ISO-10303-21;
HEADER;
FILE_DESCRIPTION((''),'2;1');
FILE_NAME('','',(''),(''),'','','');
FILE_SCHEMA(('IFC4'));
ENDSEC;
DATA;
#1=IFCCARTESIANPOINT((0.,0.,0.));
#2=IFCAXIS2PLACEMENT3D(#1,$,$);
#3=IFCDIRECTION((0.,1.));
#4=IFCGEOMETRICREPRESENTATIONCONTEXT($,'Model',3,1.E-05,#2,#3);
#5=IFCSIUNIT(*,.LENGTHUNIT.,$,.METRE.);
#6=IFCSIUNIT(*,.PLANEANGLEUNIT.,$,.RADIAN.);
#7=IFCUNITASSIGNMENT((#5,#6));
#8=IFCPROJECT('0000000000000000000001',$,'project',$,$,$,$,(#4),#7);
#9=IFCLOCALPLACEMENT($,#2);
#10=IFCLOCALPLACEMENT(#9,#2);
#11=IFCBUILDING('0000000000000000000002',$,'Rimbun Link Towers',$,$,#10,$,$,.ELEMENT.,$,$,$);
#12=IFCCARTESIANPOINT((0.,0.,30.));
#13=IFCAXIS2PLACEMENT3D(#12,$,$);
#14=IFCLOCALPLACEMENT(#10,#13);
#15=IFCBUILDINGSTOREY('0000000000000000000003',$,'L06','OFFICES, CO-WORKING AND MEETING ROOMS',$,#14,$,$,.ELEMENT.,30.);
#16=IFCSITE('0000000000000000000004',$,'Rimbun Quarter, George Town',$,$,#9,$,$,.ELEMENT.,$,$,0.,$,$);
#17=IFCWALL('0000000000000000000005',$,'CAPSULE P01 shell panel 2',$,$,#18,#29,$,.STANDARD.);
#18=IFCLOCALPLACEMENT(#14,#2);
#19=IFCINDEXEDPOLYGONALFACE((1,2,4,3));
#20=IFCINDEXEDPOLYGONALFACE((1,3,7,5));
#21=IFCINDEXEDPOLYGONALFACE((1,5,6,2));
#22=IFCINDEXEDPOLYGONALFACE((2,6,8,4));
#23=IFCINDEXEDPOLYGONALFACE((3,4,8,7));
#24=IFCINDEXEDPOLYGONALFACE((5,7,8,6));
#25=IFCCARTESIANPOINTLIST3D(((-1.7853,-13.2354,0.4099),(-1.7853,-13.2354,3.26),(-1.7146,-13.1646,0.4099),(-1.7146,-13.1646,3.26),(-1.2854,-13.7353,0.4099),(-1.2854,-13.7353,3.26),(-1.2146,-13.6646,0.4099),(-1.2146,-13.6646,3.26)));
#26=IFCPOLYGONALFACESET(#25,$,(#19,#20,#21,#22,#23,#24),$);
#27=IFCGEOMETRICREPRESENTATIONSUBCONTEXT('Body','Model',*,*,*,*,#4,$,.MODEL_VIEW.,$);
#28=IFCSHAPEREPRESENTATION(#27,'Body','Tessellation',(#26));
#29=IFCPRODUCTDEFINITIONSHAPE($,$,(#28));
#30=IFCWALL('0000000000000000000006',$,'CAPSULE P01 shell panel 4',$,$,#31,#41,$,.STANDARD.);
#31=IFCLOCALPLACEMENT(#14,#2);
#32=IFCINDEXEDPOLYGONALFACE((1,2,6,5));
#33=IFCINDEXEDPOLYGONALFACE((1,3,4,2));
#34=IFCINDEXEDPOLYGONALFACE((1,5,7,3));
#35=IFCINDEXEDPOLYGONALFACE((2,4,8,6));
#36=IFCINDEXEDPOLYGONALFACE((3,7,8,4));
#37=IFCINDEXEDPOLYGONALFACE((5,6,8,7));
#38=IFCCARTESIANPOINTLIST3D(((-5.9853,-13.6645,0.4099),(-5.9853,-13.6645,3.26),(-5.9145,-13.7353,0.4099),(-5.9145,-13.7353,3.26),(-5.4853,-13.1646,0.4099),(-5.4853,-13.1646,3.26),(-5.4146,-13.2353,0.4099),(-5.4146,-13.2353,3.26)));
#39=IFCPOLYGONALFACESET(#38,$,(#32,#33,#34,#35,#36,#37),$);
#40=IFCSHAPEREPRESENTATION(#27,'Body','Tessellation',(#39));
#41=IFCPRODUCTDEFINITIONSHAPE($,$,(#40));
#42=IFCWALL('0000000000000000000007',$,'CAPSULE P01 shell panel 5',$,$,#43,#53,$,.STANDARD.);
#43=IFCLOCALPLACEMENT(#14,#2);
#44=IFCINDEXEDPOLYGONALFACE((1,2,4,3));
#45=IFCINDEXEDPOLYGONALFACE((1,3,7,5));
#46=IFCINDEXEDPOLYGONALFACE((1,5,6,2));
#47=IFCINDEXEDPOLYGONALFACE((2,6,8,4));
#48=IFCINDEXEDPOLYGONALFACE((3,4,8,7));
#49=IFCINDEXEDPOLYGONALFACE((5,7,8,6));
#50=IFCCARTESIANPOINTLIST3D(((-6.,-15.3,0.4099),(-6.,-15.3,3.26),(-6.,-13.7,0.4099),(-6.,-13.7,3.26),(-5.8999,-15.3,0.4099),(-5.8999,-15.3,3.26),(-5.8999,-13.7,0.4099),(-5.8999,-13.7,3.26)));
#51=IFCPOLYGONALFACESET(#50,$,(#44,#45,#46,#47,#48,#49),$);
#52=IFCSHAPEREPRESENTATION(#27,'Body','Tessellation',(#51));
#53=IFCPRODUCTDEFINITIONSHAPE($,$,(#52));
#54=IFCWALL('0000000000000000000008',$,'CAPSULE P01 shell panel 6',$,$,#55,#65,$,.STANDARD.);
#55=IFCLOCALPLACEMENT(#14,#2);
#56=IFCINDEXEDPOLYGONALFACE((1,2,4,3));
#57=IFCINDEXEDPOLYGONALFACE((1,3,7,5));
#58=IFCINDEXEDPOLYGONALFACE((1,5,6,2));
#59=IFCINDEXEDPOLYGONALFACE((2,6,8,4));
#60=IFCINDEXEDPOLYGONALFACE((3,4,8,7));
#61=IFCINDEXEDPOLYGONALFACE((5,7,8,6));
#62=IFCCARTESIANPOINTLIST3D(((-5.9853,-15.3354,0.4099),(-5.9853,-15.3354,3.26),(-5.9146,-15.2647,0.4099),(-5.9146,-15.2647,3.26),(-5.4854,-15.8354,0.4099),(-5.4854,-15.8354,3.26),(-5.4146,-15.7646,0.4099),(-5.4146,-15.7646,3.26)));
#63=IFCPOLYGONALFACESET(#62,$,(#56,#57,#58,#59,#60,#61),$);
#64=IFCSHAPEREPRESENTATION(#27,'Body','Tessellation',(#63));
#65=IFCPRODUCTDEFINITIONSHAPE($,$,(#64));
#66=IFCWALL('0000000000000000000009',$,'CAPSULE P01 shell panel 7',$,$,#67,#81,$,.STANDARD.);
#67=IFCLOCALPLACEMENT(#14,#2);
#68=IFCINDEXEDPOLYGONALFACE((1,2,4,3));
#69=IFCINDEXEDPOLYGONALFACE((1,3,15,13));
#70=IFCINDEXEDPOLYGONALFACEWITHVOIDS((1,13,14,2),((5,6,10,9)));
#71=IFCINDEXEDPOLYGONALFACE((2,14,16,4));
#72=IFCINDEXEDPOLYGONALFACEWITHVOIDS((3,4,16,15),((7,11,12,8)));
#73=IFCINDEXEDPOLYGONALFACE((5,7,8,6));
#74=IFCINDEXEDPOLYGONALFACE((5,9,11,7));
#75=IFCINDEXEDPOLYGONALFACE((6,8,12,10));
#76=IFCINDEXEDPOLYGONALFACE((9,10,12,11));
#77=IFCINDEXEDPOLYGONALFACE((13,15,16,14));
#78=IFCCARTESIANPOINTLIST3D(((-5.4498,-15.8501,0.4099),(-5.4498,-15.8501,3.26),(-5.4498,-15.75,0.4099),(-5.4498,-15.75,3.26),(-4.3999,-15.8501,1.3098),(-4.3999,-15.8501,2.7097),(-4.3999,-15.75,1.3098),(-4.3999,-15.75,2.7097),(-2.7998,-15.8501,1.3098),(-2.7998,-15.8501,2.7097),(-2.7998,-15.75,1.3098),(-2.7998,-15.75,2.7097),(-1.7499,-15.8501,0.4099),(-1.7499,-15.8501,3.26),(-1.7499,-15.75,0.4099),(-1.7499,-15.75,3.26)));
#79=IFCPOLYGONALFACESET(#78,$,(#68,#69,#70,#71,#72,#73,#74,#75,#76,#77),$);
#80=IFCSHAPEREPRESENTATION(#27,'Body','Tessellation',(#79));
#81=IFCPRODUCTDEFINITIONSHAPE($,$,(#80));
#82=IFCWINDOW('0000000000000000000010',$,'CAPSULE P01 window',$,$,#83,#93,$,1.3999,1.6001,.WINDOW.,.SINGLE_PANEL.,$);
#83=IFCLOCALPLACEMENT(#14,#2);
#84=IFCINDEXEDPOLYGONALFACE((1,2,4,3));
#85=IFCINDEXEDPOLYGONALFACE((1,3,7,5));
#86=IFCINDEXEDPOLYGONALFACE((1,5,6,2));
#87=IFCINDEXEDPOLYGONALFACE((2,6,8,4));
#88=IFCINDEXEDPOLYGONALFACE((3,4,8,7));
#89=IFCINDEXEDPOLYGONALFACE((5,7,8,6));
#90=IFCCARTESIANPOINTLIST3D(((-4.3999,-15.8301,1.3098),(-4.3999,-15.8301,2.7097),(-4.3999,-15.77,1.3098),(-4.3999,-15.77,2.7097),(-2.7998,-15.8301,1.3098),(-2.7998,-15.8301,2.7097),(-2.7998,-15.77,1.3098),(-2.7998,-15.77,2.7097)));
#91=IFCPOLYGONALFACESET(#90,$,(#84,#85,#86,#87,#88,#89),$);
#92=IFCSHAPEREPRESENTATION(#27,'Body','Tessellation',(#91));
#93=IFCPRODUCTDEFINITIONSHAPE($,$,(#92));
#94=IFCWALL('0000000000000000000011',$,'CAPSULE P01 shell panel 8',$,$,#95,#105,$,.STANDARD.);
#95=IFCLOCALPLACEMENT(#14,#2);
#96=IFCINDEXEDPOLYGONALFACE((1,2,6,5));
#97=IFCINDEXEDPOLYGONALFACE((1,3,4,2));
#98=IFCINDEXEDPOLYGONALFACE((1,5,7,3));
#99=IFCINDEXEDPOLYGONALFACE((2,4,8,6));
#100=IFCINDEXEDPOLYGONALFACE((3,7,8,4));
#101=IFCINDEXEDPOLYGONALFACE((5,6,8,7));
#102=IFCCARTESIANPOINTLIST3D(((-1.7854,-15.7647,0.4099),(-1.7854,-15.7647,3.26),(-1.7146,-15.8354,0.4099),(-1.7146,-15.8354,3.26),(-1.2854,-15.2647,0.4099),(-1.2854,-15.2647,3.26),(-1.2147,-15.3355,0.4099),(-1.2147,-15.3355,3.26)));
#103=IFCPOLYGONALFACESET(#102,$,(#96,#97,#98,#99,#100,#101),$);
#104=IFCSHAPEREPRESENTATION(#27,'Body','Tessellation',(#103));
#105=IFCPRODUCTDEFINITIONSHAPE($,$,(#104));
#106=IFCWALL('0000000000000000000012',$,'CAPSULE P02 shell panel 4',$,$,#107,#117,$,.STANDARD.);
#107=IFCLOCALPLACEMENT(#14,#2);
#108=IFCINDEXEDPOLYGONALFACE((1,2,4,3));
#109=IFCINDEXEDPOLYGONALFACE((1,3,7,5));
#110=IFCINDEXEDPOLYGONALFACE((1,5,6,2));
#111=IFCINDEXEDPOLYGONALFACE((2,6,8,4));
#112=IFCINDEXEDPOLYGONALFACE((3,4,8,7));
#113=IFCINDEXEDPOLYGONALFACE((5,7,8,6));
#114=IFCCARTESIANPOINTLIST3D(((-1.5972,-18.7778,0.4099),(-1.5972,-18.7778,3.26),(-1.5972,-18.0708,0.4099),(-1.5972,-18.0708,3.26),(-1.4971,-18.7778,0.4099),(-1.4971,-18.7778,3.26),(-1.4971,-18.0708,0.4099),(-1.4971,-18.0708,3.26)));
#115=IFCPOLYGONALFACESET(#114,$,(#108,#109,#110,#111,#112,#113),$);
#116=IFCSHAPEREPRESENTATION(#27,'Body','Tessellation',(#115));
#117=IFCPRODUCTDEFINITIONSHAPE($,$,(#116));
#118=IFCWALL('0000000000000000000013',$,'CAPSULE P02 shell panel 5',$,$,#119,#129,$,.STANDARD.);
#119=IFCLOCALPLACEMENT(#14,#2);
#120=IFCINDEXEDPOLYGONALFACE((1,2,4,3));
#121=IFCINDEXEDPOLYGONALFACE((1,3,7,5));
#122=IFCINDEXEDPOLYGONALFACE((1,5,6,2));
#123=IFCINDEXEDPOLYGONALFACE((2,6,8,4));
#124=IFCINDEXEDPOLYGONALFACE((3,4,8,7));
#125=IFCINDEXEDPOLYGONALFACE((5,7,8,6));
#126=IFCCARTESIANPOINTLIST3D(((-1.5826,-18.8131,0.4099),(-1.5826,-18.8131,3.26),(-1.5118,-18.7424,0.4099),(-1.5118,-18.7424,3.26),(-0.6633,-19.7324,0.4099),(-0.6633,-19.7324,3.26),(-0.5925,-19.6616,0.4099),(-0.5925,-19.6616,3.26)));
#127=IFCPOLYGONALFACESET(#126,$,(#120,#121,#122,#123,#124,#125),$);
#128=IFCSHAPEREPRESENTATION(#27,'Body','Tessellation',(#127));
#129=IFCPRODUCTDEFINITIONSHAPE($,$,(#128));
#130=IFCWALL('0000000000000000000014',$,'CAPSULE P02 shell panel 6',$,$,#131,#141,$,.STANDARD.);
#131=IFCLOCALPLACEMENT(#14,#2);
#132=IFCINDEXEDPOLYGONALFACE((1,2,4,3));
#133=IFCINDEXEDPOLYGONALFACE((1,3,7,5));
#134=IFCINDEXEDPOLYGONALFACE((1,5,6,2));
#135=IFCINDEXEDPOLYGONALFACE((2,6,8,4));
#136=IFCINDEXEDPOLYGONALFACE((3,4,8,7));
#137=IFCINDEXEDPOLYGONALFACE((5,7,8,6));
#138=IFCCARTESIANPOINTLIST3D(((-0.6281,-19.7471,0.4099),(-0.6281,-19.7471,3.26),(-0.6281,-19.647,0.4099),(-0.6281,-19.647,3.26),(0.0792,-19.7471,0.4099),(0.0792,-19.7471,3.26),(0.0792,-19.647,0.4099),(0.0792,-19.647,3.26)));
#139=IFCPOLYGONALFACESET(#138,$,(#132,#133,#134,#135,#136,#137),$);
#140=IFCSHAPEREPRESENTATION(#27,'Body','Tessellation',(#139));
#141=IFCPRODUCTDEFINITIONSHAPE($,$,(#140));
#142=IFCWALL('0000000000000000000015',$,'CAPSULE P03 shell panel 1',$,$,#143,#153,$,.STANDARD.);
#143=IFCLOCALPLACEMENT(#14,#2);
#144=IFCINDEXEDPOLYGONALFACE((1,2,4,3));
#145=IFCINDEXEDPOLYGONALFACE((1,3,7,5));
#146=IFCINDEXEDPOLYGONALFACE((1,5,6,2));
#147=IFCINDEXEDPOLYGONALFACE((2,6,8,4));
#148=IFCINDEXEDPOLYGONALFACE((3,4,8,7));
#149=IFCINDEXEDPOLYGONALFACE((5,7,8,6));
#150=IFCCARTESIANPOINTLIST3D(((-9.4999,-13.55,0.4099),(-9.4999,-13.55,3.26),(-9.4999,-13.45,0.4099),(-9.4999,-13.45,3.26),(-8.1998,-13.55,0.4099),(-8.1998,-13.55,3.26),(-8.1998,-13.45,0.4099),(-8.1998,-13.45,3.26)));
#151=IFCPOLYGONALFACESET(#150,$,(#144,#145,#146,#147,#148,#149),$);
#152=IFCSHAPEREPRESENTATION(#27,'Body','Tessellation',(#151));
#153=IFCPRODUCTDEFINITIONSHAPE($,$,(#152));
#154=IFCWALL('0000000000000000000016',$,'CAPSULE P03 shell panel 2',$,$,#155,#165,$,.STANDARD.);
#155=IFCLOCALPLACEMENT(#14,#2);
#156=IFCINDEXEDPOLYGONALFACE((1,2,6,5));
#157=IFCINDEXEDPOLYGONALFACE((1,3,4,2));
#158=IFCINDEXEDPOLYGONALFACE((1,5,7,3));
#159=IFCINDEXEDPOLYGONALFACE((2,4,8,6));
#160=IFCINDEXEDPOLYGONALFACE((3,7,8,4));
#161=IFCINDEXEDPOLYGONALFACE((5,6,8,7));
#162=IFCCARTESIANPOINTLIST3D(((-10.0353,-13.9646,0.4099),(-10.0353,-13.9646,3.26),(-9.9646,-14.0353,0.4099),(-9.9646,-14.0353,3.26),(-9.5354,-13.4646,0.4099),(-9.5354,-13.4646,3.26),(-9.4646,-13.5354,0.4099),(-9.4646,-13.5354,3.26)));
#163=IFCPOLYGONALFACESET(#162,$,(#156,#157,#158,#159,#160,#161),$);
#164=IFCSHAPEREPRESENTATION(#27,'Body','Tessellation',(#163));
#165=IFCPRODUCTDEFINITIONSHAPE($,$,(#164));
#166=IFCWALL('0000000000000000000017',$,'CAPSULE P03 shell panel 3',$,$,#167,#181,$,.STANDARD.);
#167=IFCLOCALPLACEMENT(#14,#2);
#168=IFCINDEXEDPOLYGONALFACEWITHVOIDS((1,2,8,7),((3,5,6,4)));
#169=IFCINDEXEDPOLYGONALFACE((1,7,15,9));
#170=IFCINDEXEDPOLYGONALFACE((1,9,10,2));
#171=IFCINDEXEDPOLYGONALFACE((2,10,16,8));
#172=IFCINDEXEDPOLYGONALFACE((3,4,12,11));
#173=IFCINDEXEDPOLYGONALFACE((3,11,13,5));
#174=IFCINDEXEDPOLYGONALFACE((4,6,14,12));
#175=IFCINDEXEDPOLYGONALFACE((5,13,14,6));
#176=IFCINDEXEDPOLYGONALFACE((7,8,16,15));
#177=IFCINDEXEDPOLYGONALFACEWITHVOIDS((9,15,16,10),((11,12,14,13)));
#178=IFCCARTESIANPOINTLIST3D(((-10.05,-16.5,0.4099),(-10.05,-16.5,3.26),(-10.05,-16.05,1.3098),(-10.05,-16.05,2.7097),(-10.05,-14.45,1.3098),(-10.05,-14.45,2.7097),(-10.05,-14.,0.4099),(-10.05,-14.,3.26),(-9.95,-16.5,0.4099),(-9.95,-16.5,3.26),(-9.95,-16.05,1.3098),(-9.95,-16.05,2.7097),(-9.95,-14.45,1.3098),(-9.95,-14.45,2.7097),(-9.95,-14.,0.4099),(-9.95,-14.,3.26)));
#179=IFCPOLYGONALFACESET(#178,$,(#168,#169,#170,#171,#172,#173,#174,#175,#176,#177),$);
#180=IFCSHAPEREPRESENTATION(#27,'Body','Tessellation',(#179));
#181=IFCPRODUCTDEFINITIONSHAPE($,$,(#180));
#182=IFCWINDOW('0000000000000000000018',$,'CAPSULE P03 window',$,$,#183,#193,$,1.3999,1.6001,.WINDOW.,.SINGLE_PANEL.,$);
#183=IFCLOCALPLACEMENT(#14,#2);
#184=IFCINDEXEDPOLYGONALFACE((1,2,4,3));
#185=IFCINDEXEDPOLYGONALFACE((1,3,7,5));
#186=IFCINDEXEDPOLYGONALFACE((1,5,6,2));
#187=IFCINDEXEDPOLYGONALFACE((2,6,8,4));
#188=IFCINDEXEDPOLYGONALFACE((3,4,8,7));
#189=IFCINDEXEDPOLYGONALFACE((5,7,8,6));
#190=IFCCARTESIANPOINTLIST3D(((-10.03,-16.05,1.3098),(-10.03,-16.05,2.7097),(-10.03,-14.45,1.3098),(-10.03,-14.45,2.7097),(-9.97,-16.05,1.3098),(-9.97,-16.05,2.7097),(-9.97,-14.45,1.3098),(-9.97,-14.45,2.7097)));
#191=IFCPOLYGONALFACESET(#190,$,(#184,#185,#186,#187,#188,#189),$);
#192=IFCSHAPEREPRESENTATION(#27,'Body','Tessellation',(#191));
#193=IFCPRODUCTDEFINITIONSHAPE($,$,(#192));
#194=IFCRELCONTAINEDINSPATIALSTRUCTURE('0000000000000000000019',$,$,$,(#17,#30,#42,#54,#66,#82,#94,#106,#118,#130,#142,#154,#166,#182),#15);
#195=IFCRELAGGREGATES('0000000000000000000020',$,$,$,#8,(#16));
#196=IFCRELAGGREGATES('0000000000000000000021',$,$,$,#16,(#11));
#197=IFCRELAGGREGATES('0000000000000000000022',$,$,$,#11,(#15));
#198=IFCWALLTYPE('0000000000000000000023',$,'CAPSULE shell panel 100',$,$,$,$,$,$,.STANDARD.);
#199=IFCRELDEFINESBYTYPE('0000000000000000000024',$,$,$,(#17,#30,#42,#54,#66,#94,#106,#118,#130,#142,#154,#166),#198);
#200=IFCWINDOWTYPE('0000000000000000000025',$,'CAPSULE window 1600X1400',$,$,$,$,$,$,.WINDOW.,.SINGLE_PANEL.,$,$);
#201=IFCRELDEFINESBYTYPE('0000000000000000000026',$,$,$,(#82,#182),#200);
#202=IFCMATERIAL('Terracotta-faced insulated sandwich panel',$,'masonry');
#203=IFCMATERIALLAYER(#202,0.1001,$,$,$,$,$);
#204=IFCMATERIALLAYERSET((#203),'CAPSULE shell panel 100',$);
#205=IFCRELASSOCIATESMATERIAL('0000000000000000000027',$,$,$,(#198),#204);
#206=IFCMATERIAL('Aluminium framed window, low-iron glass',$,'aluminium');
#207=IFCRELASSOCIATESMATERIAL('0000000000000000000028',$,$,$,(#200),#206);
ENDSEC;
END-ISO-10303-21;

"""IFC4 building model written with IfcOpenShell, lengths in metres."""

from ifc_helpers import new_model, si_unit, direction, frame, frame_2d, origin, place, context, subcontext, project, spatial, rectangle, extrude, material, layer, layer_set, type_object, element, fill, save


model = new_model("IFC4")

# Units and contexts
model_context = context("Model", 3, precision=1e-05, world=origin(), true_north=direction((0.0, 1.0)))
body_context = subcontext(model_context, "Body", "Model", "MODEL_VIEW")
ifc_project = project(units=[si_unit("LENGTHUNIT", "METRE"), si_unit("PLANEANGLEUNIT", "RADIAN")], contexts=[model_context])

# Site, building, storey
site_placement = place(None, origin())
site = spatial("IfcSite", under=ifc_project, at=site_placement, Name="Rimbun Quarter, George Town", CompositionType="ELEMENT", RefElevation=0.0)
building_placement = place(site_placement, origin())
building = spatial("IfcBuilding", under=site, at=building_placement, Name="Rimbun Link Towers", CompositionType="ELEMENT")
storey_placement = place(building_placement, frame((0.0, 0.0, 30.0)))
storey = spatial("IfcBuildingStorey", under=building, at=storey_placement, Name="L06", Description="OFFICES, CO-WORKING AND MEETING ROOMS", CompositionType="ELEMENT", Elevation=30.0)

# Walls
ifc_material_1 = material(Name="Terracotta-faced insulated sandwich panel", Category="masonry")
ifc_layer_1 = layer(ifc_material_1, 0.1001)
ifc_layer_set_1 = layer_set([ifc_layer_1], Name="CAPSULE shell panel 100")
wall_type_1 = type_object("IfcWallType", Name="CAPSULE shell panel 100", PredefinedType="STANDARD", material=ifc_layer_set_1)
for number, where, z_axis, x_axis, name in (
    (1, (-1.25, -13.7, 0.4099), (0.0, 0.0, 1.0), (-0.707107, 0.707107, 0.0), "CAPSULE P01 shell panel 2"),
    (2, (-5.45, -13.2, 0.4099), (0.0, 0.0, 1.0), (-0.707107, -0.707107, 0.0), "CAPSULE P01 shell panel 4"),
):
    element("IfcWall", number, at=place(storey_placement, frame(where, z_axis=z_axis, x_axis=x_axis)), inside=storey, type_object=wall_type_1, Name=name, PredefinedType="STANDARD", context=body_context, shape_type="SweptSolid", body=[
        extrude(rectangle(XDim=0.707, YDim=0.1001, at=frame_2d((0.3535, 0.0))), origin(), (0.0, 0.0, 1.0), 2.8501),
    ])
wall_1_placement = place(storey_placement, frame((-5.95, -13.7, 0.4099), z_axis=(0.0, 0.0, 1.0), x_axis=(0.0, -1.0, 0.0)))
element("IfcWall", 3, at=wall_1_placement, inside=storey, type_object=wall_type_1, Name="CAPSULE P01 shell panel 5", PredefinedType="STANDARD", context=body_context, shape_type="SweptSolid", body=[
    extrude(rectangle(XDim=1.6001, YDim=0.1001, at=frame_2d((0.8, 0.0))), origin(), (0.0, 0.0, 1.0), 2.8501),
])
wall_2_placement = place(storey_placement, frame((-5.95, -15.3, 0.4099), z_axis=(0.0, 0.0, 1.0), x_axis=(0.707107, -0.707107, 0.0)))
element("IfcWall", 4, at=wall_2_placement, inside=storey, type_object=wall_type_1, Name="CAPSULE P01 shell panel 6", PredefinedType="STANDARD", context=body_context, shape_type="SweptSolid", body=[
    extrude(rectangle(XDim=0.707, YDim=0.1001, at=frame_2d((0.3535, 0.0))), origin(), (0.0, 0.0, 1.0), 2.8501),
])

# Wall, opening, window
wall_3_placement = place(storey_placement, frame((-5.45, -15.8, 0.4099), z_axis=(0.0, 0.0, 1.0), x_axis=(1.0, 0.0, 0.0)))
wall_3 = element("IfcWall", 5, at=wall_3_placement, inside=storey, type_object=wall_type_1, Name="CAPSULE P01 shell panel 7", PredefinedType="STANDARD", context=body_context, shape_type="SweptSolid", body=[
    extrude(rectangle(XDim=3.7, YDim=0.1001, at=frame_2d((1.8501, 0.0))), origin(), (0.0, 0.0, 1.0), 2.8501),
])
opening_1_placement = place(wall_3_placement, frame((1.05, 0.0, 0.8999)))
opening_1 = element("IfcOpeningElement", 6, at=opening_1_placement, cuts=wall_3, PredefinedType="OPENING", context=body_context, shape_type="SweptSolid", body=[
    extrude(rectangle(XDim=1.6001, YDim=1.3999, at=frame_2d((0.8, 0.7))), frame((0.0, 0.0601, 0.0), z_axis=(0.0, -1.0, 0.0), x_axis=(1.0, 0.0, 0.0)), (0.0, 0.0, 1.0), 0.1201),
])
ifc_material_2 = material(Name="Aluminium framed window, low-iron glass", Category="aluminium")
window_type = type_object("IfcWindowType", Name="CAPSULE window 1600X1400", PartitioningType="SINGLE_PANEL", PredefinedType="WINDOW", material=ifc_material_2)
window_1_placement = place(opening_1_placement, origin())
window_1 = element("IfcWindow", 7, at=window_1_placement, inside=storey, type_object=window_type, Name="CAPSULE P01 window", OverallHeight=1.3999, OverallWidth=1.6001, PartitioningType="SINGLE_PANEL", PredefinedType="WINDOW", context=body_context, shape_type="SweptSolid", body=[
    extrude(rectangle(XDim=1.6001, YDim=1.3999, at=frame_2d((0.8, 0.7))), frame((0.0, 0.03, 0.0), z_axis=(0.0, -1.0, 0.0), x_axis=(1.0, 0.0, 0.0)), (0.0, 0.0, 1.0), 0.0601),
])
fill(opening_1, window_1)

# Walls
for number, where, z_axis, x_axis, name in (
    (8, (-1.75, -15.8, 0.4099), (0.0, 0.0, 1.0), (0.707107, 0.707107, 0.0), "CAPSULE P01 shell panel 8"),
    (9, (-1.5471, -18.0708, 0.4099), (0.0, 0.0, 1.0), (0.0, -1.0, 0.0), "CAPSULE P02 shell panel 4"),
):
    element("IfcWall", number, at=place(storey_placement, frame(where, z_axis=z_axis, x_axis=x_axis)), inside=storey, type_object=wall_type_1, Name=name, PredefinedType="STANDARD", context=body_context, shape_type="SweptSolid", body=[
        extrude(rectangle(XDim=0.707, YDim=0.1001, at=frame_2d((0.3535, 0.0))), origin(), (0.0, 0.0, 1.0), 2.8501),
    ])
wall_4_placement = place(storey_placement, frame((-1.5471, -18.7778, 0.4099), z_axis=(0.0, 0.0, 1.0), x_axis=(0.707107, -0.707107, 0.0)))
element("IfcWall", 10, at=wall_4_placement, inside=storey, type_object=wall_type_1, Name="CAPSULE P02 shell panel 5", PredefinedType="STANDARD", context=body_context, shape_type="SweptSolid", body=[
    extrude(rectangle(XDim=1.3, YDim=0.1001, at=frame_2d((0.6499, 0.0))), origin(), (0.0, 0.0, 1.0), 2.8501),
])
wall_5_placement = place(storey_placement, frame((-0.6279, -19.697, 0.4099), z_axis=(0.0, 0.0, 1.0), x_axis=(1.0, 0.0, 0.0)))
element("IfcWall", 11, at=wall_5_placement, inside=storey, type_object=wall_type_1, Name="CAPSULE P02 shell panel 6", PredefinedType="STANDARD", context=body_context, shape_type="SweptSolid", body=[
    extrude(rectangle(XDim=0.7073, YDim=0.1001, at=frame_2d((0.3535, 0.0))), origin(), (0.0, 0.0, 1.0), 2.8501),
])
wall_6_placement = place(storey_placement, frame((-8.2, -13.5, 0.4099), z_axis=(0.0, 0.0, 1.0), x_axis=(-1.0, 0.0, 0.0)))
element("IfcWall", 12, at=wall_6_placement, inside=storey, type_object=wall_type_1, Name="CAPSULE P03 shell panel 1", PredefinedType="STANDARD", context=body_context, shape_type="SweptSolid", body=[
    extrude(rectangle(XDim=1.3, YDim=0.1001, at=frame_2d((0.6499, 0.0))), origin(), (0.0, 0.0, 1.0), 2.8501),
])
wall_7_placement = place(storey_placement, frame((-9.5, -13.5, 0.4099), z_axis=(0.0, 0.0, 1.0), x_axis=(-0.707107, -0.707107, 0.0)))
element("IfcWall", 13, at=wall_7_placement, inside=storey, type_object=wall_type_1, Name="CAPSULE P03 shell panel 2", PredefinedType="STANDARD", context=body_context, shape_type="SweptSolid", body=[
    extrude(rectangle(XDim=0.707, YDim=0.1001, at=frame_2d((0.3535, 0.0))), origin(), (0.0, 0.0, 1.0), 2.8501),
])

# Wall, opening, window
wall_8_placement = place(storey_placement, frame((-10.0, -14.0, 0.4099), z_axis=(0.0, 0.0, 1.0), x_axis=(0.0, -1.0, 0.0)))
wall_8 = element("IfcWall", 14, at=wall_8_placement, inside=storey, type_object=wall_type_1, Name="CAPSULE P03 shell panel 3", PredefinedType="STANDARD", context=body_context, shape_type="SweptSolid", body=[
    extrude(rectangle(XDim=2.5, YDim=0.1001, at=frame_2d((1.25, 0.0))), origin(), (0.0, 0.0, 1.0), 2.8501),
])
opening_2_placement = place(wall_8_placement, frame((0.45, 0.0, 0.8999)))
opening_2 = element("IfcOpeningElement", 15, at=opening_2_placement, cuts=wall_8, PredefinedType="OPENING", context=body_context, shape_type="SweptSolid", body=[
    extrude(rectangle(XDim=1.6001, YDim=1.3999, at=frame_2d((0.8, 0.7))), frame((0.0, 0.0601, 0.0), z_axis=(0.0, -1.0, 0.0), x_axis=(1.0, 0.0, 0.0)), (0.0, 0.0, 1.0), 0.1201),
])
window_2_placement = place(opening_2_placement, origin())
window_2 = element("IfcWindow", 16, at=window_2_placement, inside=storey, type_object=window_type, Name="CAPSULE P03 window", OverallHeight=1.3999, OverallWidth=1.6001, PartitioningType="SINGLE_PANEL", PredefinedType="WINDOW", context=body_context, shape_type="SweptSolid", body=[
    extrude(rectangle(XDim=1.6001, YDim=1.3999, at=frame_2d((0.8, 0.7))), frame((0.0, 0.03, 0.0), z_axis=(0.0, -1.0, 0.0), x_axis=(1.0, 0.0, 0.0)), (0.0, 0.0, 1.0), 0.0601),
])
fill(opening_2, window_2)

save(model, "model.ifc")
